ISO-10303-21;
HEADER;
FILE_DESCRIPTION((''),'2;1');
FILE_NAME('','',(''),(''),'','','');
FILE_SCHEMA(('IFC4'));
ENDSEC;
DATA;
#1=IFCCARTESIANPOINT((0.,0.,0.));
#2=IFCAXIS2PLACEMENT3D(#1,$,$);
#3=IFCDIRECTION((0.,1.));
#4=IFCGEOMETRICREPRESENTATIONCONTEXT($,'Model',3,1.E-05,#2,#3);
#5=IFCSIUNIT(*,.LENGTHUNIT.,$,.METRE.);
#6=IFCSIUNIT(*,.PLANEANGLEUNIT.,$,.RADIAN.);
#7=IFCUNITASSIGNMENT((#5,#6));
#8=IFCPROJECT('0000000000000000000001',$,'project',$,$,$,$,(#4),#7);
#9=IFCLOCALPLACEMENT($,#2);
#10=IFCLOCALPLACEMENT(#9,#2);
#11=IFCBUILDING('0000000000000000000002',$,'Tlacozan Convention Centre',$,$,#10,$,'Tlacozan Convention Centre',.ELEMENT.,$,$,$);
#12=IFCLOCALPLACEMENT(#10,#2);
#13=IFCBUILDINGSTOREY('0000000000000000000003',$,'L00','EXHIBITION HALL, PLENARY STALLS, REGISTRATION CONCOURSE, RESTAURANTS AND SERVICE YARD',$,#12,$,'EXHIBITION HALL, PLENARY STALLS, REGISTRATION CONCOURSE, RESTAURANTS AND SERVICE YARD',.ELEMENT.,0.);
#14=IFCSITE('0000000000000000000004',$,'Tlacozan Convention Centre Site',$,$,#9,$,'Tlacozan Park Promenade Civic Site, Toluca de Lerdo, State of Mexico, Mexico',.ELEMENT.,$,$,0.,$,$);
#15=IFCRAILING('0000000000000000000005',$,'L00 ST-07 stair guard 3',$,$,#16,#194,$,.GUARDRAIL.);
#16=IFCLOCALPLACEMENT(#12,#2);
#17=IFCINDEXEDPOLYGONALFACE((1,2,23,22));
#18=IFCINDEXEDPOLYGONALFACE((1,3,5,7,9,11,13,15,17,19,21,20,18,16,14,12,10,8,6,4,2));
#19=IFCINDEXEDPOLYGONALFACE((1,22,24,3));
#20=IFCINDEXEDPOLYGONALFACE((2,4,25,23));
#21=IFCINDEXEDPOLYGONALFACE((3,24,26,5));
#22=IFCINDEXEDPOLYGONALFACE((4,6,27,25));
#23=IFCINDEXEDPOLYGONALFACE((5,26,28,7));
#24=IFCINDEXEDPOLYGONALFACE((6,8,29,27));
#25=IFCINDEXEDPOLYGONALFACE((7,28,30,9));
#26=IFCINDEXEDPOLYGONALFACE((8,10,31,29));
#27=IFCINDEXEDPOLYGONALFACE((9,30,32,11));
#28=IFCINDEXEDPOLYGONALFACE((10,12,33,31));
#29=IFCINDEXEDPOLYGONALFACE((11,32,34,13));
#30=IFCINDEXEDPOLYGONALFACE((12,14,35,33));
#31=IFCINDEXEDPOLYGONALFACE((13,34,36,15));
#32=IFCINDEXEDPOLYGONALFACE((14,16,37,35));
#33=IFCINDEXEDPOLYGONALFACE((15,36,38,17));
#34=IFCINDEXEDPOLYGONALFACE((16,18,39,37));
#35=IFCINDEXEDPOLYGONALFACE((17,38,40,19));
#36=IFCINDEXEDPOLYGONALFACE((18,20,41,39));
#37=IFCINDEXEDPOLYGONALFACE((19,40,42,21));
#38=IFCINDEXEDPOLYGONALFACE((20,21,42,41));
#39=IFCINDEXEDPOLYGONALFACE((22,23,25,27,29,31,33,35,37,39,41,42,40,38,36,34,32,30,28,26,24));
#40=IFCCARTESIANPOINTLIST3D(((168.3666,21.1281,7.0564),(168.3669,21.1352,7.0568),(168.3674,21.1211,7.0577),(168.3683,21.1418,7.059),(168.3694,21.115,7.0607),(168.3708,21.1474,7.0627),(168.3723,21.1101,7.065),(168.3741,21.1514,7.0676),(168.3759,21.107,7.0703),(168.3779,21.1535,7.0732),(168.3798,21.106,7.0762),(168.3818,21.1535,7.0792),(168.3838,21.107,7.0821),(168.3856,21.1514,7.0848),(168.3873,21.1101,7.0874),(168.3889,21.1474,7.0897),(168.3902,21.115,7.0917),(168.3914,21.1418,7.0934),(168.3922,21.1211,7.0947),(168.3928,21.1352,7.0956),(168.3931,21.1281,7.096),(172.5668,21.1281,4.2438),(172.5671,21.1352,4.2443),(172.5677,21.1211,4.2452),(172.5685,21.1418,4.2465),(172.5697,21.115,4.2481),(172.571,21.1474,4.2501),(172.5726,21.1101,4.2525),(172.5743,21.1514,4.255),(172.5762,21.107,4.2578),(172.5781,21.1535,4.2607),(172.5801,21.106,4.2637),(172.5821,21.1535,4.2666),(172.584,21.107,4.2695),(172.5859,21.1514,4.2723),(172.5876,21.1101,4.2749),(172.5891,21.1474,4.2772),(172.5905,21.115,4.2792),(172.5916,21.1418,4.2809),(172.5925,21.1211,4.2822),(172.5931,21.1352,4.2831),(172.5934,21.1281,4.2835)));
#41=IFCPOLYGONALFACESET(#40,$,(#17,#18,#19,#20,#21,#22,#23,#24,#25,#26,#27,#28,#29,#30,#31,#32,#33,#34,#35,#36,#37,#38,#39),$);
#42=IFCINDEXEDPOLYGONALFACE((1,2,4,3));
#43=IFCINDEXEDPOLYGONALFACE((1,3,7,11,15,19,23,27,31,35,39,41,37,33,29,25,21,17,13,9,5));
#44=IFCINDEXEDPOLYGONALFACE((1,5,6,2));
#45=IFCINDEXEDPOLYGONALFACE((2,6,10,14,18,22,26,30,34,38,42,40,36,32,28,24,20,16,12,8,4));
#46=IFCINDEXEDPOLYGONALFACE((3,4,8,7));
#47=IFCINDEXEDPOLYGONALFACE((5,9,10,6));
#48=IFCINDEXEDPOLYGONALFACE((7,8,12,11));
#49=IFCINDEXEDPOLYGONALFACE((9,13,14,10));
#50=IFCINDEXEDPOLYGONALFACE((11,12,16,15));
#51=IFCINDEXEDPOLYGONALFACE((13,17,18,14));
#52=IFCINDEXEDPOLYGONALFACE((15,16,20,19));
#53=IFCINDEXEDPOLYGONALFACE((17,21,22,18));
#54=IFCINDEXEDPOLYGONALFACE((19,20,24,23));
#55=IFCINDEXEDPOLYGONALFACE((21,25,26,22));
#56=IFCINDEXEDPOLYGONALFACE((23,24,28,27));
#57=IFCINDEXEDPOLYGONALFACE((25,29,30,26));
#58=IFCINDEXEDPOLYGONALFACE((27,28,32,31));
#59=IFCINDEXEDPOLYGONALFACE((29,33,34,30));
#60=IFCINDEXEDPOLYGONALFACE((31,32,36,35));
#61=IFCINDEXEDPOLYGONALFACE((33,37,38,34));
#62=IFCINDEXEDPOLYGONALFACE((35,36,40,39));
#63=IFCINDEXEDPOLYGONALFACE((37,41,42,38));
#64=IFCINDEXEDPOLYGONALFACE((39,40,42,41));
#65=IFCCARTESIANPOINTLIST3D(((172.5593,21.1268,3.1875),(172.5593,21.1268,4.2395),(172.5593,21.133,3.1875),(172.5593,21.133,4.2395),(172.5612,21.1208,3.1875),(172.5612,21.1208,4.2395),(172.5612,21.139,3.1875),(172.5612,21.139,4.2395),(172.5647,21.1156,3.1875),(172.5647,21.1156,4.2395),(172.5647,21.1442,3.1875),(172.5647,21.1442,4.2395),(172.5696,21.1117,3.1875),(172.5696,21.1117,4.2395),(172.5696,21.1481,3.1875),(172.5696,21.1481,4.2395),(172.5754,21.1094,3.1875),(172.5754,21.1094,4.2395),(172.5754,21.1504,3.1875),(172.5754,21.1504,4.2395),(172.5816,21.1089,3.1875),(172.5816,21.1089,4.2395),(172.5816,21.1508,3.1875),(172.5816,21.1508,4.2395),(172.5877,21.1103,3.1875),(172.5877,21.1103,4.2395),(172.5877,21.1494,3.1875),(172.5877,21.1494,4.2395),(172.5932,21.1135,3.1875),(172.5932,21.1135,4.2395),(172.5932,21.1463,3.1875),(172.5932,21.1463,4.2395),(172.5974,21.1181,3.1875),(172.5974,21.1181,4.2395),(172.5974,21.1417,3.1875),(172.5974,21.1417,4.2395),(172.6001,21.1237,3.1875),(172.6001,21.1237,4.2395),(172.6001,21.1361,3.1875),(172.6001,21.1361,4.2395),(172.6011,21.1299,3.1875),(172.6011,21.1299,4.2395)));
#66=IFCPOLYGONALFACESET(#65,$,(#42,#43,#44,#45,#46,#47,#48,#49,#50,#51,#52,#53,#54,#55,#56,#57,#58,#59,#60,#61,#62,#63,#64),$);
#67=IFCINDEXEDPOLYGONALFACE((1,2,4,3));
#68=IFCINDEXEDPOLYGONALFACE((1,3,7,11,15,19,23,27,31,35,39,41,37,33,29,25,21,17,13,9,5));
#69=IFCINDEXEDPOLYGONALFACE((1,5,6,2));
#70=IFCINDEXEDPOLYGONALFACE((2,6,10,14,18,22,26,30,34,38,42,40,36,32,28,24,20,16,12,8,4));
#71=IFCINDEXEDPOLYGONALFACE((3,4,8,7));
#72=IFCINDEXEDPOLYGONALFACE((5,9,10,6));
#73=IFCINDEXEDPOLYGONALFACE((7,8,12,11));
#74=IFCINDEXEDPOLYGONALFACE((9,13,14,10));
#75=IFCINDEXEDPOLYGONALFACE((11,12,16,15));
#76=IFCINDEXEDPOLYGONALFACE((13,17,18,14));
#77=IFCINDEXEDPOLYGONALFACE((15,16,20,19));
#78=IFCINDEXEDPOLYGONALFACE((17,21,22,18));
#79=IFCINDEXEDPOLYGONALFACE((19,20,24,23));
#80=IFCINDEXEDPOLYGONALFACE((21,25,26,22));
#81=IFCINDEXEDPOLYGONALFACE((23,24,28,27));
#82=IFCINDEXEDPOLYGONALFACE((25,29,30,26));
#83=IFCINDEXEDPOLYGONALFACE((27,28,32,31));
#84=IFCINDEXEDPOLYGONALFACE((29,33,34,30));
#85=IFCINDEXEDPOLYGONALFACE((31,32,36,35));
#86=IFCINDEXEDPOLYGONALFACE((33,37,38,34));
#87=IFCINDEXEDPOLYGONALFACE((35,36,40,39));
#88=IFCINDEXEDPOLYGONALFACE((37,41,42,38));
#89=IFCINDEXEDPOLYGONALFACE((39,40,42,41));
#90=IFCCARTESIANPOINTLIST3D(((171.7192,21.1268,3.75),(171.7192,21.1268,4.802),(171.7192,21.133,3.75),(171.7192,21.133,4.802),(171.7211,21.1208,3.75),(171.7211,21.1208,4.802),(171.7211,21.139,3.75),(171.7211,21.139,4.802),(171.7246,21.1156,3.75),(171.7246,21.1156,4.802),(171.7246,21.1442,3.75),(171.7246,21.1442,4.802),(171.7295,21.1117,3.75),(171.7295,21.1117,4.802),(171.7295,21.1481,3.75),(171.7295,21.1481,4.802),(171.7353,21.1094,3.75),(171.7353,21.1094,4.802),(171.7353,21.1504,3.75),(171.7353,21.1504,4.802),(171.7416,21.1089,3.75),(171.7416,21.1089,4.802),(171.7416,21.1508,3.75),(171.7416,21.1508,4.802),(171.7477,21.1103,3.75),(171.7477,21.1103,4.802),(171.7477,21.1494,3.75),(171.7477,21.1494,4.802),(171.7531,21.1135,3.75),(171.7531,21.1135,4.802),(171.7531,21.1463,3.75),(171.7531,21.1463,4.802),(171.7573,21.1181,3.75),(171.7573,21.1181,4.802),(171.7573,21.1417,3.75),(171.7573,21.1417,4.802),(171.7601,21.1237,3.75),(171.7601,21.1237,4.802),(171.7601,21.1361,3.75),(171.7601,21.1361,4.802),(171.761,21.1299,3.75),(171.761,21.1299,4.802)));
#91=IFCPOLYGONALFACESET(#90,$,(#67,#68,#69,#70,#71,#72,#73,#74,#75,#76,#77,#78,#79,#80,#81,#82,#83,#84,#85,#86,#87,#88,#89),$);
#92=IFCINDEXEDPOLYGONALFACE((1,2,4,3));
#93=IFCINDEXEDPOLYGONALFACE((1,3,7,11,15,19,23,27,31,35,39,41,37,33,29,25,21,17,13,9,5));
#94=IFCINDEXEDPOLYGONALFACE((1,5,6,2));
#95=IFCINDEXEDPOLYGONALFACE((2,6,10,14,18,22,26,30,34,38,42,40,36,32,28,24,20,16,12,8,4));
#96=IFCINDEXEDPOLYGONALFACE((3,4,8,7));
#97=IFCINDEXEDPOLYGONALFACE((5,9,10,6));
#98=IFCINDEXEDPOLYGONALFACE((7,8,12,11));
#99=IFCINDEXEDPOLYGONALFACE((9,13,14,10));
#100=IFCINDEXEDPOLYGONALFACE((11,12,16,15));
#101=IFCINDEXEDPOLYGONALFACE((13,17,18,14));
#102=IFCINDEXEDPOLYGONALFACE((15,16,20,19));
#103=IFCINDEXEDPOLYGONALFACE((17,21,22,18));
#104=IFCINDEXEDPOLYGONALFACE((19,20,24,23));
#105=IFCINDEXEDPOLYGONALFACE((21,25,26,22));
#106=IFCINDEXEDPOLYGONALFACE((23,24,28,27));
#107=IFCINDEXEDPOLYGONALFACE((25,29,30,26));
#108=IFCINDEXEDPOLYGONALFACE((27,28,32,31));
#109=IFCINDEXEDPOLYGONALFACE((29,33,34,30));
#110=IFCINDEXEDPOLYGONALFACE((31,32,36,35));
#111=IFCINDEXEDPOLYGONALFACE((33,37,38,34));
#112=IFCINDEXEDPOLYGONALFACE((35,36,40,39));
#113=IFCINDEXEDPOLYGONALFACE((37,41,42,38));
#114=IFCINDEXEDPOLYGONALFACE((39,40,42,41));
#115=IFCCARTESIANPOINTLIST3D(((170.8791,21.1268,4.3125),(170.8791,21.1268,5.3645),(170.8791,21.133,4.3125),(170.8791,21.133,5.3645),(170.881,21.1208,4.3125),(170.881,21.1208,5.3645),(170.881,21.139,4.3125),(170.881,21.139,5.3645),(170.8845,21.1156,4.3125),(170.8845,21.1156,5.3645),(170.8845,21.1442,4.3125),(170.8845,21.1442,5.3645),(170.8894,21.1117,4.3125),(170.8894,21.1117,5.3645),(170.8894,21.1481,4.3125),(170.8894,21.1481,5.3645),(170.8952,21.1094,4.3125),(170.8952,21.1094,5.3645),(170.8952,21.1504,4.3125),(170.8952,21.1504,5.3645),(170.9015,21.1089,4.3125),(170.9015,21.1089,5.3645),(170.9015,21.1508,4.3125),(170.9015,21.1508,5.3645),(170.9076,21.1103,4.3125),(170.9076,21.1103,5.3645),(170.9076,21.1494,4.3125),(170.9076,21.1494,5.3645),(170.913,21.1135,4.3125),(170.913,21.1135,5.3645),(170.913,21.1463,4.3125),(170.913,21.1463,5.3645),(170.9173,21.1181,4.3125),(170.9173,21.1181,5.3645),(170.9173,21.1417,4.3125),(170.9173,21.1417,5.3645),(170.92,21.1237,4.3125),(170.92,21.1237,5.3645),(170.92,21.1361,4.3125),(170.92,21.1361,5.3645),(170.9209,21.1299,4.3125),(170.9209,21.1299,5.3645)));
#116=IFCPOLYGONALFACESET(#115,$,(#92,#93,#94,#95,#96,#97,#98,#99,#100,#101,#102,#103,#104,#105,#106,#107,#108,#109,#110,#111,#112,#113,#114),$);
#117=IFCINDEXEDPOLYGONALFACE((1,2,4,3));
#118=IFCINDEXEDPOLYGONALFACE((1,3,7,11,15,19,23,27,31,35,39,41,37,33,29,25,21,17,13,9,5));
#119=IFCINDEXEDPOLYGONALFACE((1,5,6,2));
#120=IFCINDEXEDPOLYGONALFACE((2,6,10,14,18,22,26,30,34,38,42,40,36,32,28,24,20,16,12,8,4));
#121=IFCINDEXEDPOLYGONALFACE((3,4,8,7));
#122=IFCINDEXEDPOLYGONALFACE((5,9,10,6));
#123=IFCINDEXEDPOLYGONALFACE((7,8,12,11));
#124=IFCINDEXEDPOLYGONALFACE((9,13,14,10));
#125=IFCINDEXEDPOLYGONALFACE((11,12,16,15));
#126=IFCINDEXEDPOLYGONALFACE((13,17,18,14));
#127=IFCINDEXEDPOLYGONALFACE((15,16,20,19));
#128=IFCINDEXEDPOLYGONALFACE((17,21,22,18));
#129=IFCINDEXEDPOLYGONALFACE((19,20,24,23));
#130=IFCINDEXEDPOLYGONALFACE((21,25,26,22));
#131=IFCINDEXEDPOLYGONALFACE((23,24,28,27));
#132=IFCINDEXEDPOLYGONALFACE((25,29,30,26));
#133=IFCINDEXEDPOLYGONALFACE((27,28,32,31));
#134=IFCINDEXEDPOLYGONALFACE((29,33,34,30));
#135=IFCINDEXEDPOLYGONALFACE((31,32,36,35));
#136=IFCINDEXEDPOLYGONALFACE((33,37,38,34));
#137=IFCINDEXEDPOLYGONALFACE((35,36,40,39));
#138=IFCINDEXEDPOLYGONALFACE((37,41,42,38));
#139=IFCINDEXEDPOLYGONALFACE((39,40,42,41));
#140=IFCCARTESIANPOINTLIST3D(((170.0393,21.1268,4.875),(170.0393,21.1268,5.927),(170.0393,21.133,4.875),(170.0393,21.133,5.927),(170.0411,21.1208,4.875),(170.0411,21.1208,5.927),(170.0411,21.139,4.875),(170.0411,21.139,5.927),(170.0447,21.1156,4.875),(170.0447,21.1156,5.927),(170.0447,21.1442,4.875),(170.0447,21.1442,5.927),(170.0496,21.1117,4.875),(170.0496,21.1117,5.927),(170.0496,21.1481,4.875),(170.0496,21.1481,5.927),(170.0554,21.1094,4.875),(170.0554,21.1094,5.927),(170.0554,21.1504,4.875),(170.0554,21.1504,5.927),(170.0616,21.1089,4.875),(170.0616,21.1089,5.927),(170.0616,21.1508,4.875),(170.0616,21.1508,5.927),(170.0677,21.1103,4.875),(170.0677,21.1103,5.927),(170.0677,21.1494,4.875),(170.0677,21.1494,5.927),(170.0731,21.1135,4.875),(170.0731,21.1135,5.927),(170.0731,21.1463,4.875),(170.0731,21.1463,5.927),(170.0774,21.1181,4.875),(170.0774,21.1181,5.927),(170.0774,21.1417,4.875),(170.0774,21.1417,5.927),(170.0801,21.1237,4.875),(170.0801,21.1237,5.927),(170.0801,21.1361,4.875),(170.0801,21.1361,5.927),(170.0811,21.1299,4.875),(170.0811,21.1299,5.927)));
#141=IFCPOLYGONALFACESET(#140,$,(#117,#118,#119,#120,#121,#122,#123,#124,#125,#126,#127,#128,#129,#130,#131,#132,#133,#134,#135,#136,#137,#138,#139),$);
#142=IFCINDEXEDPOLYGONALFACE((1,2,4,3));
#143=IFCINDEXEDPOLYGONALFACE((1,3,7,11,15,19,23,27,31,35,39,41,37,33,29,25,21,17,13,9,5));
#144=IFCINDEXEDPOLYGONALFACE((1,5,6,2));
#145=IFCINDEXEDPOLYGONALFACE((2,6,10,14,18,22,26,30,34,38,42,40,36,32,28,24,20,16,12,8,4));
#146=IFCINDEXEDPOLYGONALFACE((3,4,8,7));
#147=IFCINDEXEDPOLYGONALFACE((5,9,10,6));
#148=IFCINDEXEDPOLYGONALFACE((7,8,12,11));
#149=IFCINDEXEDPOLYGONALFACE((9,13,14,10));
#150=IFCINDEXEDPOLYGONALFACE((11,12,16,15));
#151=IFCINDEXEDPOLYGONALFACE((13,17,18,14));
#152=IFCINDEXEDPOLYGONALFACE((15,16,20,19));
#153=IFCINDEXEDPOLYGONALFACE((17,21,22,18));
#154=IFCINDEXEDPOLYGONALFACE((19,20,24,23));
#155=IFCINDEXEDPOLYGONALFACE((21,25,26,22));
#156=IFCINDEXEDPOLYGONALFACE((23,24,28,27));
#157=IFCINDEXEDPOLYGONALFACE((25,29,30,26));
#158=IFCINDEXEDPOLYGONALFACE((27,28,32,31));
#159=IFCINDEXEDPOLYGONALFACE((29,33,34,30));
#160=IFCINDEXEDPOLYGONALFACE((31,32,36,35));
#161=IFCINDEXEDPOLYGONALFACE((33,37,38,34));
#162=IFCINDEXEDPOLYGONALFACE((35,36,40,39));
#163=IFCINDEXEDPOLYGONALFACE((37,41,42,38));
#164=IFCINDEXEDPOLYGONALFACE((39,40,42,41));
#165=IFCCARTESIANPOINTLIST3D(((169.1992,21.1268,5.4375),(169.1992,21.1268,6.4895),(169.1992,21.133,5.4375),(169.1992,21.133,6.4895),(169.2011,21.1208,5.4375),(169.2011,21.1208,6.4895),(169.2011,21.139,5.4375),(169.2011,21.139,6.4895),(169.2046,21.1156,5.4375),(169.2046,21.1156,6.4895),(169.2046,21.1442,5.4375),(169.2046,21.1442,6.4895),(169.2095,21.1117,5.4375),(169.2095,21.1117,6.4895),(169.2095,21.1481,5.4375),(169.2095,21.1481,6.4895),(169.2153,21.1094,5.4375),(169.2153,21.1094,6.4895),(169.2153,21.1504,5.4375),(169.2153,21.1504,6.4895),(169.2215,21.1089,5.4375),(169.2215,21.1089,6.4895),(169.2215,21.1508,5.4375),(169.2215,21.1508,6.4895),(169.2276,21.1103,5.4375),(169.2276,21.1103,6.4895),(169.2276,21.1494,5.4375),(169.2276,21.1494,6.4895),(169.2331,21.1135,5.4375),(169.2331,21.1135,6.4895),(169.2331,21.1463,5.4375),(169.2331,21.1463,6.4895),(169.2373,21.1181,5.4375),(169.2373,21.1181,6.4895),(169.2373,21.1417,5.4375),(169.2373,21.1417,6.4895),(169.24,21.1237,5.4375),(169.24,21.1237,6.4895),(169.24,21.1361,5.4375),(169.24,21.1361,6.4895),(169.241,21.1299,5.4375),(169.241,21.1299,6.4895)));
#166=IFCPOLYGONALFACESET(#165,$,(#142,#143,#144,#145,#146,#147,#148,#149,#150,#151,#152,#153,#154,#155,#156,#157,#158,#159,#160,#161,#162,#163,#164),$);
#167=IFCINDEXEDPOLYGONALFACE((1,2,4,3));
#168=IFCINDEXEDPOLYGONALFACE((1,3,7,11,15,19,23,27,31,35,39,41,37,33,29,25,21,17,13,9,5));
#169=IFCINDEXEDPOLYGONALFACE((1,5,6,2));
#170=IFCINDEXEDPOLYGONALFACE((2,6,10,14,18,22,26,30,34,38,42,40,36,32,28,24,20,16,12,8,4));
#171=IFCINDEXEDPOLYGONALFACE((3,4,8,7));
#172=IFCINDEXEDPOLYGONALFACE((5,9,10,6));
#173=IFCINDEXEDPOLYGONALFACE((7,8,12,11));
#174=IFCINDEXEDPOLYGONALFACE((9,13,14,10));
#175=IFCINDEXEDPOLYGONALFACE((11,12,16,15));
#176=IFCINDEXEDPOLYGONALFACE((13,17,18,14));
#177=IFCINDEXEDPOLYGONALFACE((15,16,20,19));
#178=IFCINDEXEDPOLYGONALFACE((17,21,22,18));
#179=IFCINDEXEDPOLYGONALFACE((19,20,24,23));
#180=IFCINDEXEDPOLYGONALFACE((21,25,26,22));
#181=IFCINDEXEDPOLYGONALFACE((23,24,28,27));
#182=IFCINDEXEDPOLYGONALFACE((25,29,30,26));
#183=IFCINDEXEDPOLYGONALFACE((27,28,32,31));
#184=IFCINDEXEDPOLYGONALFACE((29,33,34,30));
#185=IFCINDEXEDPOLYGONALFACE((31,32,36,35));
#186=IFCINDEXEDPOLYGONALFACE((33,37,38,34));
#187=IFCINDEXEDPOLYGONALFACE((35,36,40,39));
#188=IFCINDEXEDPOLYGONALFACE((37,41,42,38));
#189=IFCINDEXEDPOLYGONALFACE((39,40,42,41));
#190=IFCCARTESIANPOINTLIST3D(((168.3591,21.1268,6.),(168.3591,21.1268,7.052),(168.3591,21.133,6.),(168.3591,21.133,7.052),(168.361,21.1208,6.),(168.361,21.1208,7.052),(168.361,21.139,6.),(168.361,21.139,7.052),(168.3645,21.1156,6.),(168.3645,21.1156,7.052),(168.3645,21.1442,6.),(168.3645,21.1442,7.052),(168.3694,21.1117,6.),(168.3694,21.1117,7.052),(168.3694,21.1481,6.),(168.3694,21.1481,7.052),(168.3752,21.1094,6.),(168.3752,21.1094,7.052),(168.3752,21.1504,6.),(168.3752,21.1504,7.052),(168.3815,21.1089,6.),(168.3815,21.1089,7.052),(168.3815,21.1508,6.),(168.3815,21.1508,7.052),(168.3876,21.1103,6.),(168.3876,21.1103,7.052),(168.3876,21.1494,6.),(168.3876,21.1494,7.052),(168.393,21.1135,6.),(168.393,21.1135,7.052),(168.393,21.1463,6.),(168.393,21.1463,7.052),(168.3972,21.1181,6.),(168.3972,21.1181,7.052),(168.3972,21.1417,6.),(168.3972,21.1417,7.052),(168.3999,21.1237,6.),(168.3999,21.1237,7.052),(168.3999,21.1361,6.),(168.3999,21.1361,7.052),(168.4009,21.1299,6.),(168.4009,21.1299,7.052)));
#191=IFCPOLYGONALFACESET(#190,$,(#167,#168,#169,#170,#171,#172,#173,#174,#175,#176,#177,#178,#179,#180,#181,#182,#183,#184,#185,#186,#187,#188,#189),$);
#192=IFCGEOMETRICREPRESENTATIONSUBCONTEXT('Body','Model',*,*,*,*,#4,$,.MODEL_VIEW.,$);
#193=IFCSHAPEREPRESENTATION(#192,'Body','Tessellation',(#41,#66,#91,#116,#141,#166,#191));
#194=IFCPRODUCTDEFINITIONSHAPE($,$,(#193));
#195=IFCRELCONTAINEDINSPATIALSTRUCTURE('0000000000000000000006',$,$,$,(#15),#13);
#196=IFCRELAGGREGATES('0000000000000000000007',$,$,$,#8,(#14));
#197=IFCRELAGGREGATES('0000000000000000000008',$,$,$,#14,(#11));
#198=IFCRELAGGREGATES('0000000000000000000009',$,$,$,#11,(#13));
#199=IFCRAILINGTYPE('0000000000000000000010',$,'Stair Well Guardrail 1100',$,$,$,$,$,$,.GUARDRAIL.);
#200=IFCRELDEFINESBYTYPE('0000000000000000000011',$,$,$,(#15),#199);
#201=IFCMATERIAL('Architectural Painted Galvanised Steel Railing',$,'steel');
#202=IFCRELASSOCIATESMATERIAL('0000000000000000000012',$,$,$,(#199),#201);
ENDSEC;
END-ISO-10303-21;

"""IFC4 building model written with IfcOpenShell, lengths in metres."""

from ifc_helpers import new_model, si_unit, direction, frame, origin, origin_2d, place, context, subcontext, project, spatial, circle, extrude, material, type_object, element, save


model = new_model("IFC4")

# Units and contexts
model_context = context("Model", 3, precision=1e-05, world=origin(), true_north=direction((0.0, 1.0)))
body_context = subcontext(model_context, "Body", "Model", "MODEL_VIEW")
ifc_project = project(units=[si_unit("LENGTHUNIT", "METRE"), si_unit("PLANEANGLEUNIT", "RADIAN")], contexts=[model_context])

# Site, building, storey
site_placement = place(None, origin())
site = spatial("IfcSite", under=ifc_project, at=site_placement, Name="Tlacozan Convention Centre Site", LongName="Tlacozan Park Promenade Civic Site, Toluca de Lerdo, State of Mexico, Mexico", CompositionType="ELEMENT", RefElevation=0.0)
building_placement = place(site_placement, origin())
building = spatial("IfcBuilding", under=site, at=building_placement, Name="Tlacozan Convention Centre", LongName="Tlacozan Convention Centre", CompositionType="ELEMENT")
storey_placement = place(building_placement, origin())
storey = spatial("IfcBuildingStorey", under=building, at=storey_placement, Name="L00", Description="EXHIBITION HALL, PLENARY STALLS, REGISTRATION CONCOURSE, RESTAURANTS AND SERVICE YARD", LongName="EXHIBITION HALL, PLENARY STALLS, REGISTRATION CONCOURSE, RESTAURANTS AND SERVICE YARD", CompositionType="ELEMENT", Elevation=0.0)

# Railing
ifc_material_1 = material(Name="Architectural Painted Galvanised Steel Railing", Category="steel")
railing_type_1 = type_object("IfcRailingType", Name="Stair Well Guardrail 1100", PredefinedType="GUARDRAIL", material=ifc_material_1)
railing_1_placement = place(storey_placement, frame((172.5801, 21.1299, 3.1875)))
element("IfcRailing", 1, at=railing_1_placement, inside=storey, type_object=railing_type_1, Name="L00 ST-07 stair guard 3", PredefinedType="GUARDRAIL", context=body_context, shape_type="SweptSolid", body=[
    extrude(circle(Radius=0.0239, at=origin_2d()), frame((0.0, 0.0, 1.0762), z_axis=(-0.830919, 0.0, 0.556393), x_axis=(0.0, -1.0, 0.0)), (0.0, 0.0, 1.0), 5.0549),
    extrude(circle(Radius=0.021, at=origin_2d()), origin(), (0.0, 0.0, 1.0), 1.052),
    extrude(circle(Radius=0.021, at=origin_2d()), frame((-0.8401, 0.0, 0.5625)), (0.0, 0.0, 1.0), 1.052),
    extrude(circle(Radius=0.021, at=origin_2d()), frame((-1.6802, 0.0, 1.125)), (0.0, 0.0, 1.0), 1.052),
    extrude(circle(Radius=0.021, at=origin_2d()), frame((-2.52, 0.0, 1.6875)), (0.0, 0.0, 1.0), 1.052),
    extrude(circle(Radius=0.021, at=origin_2d()), frame((-3.3601, 0.0, 2.25)), (0.0, 0.0, 1.0), 1.052),
    extrude(circle(Radius=0.021, at=origin_2d()), frame((-4.2002, 0.0, 2.8125)), (0.0, 0.0, 1.0), 1.052),
])

save(model, "model.ifc")
